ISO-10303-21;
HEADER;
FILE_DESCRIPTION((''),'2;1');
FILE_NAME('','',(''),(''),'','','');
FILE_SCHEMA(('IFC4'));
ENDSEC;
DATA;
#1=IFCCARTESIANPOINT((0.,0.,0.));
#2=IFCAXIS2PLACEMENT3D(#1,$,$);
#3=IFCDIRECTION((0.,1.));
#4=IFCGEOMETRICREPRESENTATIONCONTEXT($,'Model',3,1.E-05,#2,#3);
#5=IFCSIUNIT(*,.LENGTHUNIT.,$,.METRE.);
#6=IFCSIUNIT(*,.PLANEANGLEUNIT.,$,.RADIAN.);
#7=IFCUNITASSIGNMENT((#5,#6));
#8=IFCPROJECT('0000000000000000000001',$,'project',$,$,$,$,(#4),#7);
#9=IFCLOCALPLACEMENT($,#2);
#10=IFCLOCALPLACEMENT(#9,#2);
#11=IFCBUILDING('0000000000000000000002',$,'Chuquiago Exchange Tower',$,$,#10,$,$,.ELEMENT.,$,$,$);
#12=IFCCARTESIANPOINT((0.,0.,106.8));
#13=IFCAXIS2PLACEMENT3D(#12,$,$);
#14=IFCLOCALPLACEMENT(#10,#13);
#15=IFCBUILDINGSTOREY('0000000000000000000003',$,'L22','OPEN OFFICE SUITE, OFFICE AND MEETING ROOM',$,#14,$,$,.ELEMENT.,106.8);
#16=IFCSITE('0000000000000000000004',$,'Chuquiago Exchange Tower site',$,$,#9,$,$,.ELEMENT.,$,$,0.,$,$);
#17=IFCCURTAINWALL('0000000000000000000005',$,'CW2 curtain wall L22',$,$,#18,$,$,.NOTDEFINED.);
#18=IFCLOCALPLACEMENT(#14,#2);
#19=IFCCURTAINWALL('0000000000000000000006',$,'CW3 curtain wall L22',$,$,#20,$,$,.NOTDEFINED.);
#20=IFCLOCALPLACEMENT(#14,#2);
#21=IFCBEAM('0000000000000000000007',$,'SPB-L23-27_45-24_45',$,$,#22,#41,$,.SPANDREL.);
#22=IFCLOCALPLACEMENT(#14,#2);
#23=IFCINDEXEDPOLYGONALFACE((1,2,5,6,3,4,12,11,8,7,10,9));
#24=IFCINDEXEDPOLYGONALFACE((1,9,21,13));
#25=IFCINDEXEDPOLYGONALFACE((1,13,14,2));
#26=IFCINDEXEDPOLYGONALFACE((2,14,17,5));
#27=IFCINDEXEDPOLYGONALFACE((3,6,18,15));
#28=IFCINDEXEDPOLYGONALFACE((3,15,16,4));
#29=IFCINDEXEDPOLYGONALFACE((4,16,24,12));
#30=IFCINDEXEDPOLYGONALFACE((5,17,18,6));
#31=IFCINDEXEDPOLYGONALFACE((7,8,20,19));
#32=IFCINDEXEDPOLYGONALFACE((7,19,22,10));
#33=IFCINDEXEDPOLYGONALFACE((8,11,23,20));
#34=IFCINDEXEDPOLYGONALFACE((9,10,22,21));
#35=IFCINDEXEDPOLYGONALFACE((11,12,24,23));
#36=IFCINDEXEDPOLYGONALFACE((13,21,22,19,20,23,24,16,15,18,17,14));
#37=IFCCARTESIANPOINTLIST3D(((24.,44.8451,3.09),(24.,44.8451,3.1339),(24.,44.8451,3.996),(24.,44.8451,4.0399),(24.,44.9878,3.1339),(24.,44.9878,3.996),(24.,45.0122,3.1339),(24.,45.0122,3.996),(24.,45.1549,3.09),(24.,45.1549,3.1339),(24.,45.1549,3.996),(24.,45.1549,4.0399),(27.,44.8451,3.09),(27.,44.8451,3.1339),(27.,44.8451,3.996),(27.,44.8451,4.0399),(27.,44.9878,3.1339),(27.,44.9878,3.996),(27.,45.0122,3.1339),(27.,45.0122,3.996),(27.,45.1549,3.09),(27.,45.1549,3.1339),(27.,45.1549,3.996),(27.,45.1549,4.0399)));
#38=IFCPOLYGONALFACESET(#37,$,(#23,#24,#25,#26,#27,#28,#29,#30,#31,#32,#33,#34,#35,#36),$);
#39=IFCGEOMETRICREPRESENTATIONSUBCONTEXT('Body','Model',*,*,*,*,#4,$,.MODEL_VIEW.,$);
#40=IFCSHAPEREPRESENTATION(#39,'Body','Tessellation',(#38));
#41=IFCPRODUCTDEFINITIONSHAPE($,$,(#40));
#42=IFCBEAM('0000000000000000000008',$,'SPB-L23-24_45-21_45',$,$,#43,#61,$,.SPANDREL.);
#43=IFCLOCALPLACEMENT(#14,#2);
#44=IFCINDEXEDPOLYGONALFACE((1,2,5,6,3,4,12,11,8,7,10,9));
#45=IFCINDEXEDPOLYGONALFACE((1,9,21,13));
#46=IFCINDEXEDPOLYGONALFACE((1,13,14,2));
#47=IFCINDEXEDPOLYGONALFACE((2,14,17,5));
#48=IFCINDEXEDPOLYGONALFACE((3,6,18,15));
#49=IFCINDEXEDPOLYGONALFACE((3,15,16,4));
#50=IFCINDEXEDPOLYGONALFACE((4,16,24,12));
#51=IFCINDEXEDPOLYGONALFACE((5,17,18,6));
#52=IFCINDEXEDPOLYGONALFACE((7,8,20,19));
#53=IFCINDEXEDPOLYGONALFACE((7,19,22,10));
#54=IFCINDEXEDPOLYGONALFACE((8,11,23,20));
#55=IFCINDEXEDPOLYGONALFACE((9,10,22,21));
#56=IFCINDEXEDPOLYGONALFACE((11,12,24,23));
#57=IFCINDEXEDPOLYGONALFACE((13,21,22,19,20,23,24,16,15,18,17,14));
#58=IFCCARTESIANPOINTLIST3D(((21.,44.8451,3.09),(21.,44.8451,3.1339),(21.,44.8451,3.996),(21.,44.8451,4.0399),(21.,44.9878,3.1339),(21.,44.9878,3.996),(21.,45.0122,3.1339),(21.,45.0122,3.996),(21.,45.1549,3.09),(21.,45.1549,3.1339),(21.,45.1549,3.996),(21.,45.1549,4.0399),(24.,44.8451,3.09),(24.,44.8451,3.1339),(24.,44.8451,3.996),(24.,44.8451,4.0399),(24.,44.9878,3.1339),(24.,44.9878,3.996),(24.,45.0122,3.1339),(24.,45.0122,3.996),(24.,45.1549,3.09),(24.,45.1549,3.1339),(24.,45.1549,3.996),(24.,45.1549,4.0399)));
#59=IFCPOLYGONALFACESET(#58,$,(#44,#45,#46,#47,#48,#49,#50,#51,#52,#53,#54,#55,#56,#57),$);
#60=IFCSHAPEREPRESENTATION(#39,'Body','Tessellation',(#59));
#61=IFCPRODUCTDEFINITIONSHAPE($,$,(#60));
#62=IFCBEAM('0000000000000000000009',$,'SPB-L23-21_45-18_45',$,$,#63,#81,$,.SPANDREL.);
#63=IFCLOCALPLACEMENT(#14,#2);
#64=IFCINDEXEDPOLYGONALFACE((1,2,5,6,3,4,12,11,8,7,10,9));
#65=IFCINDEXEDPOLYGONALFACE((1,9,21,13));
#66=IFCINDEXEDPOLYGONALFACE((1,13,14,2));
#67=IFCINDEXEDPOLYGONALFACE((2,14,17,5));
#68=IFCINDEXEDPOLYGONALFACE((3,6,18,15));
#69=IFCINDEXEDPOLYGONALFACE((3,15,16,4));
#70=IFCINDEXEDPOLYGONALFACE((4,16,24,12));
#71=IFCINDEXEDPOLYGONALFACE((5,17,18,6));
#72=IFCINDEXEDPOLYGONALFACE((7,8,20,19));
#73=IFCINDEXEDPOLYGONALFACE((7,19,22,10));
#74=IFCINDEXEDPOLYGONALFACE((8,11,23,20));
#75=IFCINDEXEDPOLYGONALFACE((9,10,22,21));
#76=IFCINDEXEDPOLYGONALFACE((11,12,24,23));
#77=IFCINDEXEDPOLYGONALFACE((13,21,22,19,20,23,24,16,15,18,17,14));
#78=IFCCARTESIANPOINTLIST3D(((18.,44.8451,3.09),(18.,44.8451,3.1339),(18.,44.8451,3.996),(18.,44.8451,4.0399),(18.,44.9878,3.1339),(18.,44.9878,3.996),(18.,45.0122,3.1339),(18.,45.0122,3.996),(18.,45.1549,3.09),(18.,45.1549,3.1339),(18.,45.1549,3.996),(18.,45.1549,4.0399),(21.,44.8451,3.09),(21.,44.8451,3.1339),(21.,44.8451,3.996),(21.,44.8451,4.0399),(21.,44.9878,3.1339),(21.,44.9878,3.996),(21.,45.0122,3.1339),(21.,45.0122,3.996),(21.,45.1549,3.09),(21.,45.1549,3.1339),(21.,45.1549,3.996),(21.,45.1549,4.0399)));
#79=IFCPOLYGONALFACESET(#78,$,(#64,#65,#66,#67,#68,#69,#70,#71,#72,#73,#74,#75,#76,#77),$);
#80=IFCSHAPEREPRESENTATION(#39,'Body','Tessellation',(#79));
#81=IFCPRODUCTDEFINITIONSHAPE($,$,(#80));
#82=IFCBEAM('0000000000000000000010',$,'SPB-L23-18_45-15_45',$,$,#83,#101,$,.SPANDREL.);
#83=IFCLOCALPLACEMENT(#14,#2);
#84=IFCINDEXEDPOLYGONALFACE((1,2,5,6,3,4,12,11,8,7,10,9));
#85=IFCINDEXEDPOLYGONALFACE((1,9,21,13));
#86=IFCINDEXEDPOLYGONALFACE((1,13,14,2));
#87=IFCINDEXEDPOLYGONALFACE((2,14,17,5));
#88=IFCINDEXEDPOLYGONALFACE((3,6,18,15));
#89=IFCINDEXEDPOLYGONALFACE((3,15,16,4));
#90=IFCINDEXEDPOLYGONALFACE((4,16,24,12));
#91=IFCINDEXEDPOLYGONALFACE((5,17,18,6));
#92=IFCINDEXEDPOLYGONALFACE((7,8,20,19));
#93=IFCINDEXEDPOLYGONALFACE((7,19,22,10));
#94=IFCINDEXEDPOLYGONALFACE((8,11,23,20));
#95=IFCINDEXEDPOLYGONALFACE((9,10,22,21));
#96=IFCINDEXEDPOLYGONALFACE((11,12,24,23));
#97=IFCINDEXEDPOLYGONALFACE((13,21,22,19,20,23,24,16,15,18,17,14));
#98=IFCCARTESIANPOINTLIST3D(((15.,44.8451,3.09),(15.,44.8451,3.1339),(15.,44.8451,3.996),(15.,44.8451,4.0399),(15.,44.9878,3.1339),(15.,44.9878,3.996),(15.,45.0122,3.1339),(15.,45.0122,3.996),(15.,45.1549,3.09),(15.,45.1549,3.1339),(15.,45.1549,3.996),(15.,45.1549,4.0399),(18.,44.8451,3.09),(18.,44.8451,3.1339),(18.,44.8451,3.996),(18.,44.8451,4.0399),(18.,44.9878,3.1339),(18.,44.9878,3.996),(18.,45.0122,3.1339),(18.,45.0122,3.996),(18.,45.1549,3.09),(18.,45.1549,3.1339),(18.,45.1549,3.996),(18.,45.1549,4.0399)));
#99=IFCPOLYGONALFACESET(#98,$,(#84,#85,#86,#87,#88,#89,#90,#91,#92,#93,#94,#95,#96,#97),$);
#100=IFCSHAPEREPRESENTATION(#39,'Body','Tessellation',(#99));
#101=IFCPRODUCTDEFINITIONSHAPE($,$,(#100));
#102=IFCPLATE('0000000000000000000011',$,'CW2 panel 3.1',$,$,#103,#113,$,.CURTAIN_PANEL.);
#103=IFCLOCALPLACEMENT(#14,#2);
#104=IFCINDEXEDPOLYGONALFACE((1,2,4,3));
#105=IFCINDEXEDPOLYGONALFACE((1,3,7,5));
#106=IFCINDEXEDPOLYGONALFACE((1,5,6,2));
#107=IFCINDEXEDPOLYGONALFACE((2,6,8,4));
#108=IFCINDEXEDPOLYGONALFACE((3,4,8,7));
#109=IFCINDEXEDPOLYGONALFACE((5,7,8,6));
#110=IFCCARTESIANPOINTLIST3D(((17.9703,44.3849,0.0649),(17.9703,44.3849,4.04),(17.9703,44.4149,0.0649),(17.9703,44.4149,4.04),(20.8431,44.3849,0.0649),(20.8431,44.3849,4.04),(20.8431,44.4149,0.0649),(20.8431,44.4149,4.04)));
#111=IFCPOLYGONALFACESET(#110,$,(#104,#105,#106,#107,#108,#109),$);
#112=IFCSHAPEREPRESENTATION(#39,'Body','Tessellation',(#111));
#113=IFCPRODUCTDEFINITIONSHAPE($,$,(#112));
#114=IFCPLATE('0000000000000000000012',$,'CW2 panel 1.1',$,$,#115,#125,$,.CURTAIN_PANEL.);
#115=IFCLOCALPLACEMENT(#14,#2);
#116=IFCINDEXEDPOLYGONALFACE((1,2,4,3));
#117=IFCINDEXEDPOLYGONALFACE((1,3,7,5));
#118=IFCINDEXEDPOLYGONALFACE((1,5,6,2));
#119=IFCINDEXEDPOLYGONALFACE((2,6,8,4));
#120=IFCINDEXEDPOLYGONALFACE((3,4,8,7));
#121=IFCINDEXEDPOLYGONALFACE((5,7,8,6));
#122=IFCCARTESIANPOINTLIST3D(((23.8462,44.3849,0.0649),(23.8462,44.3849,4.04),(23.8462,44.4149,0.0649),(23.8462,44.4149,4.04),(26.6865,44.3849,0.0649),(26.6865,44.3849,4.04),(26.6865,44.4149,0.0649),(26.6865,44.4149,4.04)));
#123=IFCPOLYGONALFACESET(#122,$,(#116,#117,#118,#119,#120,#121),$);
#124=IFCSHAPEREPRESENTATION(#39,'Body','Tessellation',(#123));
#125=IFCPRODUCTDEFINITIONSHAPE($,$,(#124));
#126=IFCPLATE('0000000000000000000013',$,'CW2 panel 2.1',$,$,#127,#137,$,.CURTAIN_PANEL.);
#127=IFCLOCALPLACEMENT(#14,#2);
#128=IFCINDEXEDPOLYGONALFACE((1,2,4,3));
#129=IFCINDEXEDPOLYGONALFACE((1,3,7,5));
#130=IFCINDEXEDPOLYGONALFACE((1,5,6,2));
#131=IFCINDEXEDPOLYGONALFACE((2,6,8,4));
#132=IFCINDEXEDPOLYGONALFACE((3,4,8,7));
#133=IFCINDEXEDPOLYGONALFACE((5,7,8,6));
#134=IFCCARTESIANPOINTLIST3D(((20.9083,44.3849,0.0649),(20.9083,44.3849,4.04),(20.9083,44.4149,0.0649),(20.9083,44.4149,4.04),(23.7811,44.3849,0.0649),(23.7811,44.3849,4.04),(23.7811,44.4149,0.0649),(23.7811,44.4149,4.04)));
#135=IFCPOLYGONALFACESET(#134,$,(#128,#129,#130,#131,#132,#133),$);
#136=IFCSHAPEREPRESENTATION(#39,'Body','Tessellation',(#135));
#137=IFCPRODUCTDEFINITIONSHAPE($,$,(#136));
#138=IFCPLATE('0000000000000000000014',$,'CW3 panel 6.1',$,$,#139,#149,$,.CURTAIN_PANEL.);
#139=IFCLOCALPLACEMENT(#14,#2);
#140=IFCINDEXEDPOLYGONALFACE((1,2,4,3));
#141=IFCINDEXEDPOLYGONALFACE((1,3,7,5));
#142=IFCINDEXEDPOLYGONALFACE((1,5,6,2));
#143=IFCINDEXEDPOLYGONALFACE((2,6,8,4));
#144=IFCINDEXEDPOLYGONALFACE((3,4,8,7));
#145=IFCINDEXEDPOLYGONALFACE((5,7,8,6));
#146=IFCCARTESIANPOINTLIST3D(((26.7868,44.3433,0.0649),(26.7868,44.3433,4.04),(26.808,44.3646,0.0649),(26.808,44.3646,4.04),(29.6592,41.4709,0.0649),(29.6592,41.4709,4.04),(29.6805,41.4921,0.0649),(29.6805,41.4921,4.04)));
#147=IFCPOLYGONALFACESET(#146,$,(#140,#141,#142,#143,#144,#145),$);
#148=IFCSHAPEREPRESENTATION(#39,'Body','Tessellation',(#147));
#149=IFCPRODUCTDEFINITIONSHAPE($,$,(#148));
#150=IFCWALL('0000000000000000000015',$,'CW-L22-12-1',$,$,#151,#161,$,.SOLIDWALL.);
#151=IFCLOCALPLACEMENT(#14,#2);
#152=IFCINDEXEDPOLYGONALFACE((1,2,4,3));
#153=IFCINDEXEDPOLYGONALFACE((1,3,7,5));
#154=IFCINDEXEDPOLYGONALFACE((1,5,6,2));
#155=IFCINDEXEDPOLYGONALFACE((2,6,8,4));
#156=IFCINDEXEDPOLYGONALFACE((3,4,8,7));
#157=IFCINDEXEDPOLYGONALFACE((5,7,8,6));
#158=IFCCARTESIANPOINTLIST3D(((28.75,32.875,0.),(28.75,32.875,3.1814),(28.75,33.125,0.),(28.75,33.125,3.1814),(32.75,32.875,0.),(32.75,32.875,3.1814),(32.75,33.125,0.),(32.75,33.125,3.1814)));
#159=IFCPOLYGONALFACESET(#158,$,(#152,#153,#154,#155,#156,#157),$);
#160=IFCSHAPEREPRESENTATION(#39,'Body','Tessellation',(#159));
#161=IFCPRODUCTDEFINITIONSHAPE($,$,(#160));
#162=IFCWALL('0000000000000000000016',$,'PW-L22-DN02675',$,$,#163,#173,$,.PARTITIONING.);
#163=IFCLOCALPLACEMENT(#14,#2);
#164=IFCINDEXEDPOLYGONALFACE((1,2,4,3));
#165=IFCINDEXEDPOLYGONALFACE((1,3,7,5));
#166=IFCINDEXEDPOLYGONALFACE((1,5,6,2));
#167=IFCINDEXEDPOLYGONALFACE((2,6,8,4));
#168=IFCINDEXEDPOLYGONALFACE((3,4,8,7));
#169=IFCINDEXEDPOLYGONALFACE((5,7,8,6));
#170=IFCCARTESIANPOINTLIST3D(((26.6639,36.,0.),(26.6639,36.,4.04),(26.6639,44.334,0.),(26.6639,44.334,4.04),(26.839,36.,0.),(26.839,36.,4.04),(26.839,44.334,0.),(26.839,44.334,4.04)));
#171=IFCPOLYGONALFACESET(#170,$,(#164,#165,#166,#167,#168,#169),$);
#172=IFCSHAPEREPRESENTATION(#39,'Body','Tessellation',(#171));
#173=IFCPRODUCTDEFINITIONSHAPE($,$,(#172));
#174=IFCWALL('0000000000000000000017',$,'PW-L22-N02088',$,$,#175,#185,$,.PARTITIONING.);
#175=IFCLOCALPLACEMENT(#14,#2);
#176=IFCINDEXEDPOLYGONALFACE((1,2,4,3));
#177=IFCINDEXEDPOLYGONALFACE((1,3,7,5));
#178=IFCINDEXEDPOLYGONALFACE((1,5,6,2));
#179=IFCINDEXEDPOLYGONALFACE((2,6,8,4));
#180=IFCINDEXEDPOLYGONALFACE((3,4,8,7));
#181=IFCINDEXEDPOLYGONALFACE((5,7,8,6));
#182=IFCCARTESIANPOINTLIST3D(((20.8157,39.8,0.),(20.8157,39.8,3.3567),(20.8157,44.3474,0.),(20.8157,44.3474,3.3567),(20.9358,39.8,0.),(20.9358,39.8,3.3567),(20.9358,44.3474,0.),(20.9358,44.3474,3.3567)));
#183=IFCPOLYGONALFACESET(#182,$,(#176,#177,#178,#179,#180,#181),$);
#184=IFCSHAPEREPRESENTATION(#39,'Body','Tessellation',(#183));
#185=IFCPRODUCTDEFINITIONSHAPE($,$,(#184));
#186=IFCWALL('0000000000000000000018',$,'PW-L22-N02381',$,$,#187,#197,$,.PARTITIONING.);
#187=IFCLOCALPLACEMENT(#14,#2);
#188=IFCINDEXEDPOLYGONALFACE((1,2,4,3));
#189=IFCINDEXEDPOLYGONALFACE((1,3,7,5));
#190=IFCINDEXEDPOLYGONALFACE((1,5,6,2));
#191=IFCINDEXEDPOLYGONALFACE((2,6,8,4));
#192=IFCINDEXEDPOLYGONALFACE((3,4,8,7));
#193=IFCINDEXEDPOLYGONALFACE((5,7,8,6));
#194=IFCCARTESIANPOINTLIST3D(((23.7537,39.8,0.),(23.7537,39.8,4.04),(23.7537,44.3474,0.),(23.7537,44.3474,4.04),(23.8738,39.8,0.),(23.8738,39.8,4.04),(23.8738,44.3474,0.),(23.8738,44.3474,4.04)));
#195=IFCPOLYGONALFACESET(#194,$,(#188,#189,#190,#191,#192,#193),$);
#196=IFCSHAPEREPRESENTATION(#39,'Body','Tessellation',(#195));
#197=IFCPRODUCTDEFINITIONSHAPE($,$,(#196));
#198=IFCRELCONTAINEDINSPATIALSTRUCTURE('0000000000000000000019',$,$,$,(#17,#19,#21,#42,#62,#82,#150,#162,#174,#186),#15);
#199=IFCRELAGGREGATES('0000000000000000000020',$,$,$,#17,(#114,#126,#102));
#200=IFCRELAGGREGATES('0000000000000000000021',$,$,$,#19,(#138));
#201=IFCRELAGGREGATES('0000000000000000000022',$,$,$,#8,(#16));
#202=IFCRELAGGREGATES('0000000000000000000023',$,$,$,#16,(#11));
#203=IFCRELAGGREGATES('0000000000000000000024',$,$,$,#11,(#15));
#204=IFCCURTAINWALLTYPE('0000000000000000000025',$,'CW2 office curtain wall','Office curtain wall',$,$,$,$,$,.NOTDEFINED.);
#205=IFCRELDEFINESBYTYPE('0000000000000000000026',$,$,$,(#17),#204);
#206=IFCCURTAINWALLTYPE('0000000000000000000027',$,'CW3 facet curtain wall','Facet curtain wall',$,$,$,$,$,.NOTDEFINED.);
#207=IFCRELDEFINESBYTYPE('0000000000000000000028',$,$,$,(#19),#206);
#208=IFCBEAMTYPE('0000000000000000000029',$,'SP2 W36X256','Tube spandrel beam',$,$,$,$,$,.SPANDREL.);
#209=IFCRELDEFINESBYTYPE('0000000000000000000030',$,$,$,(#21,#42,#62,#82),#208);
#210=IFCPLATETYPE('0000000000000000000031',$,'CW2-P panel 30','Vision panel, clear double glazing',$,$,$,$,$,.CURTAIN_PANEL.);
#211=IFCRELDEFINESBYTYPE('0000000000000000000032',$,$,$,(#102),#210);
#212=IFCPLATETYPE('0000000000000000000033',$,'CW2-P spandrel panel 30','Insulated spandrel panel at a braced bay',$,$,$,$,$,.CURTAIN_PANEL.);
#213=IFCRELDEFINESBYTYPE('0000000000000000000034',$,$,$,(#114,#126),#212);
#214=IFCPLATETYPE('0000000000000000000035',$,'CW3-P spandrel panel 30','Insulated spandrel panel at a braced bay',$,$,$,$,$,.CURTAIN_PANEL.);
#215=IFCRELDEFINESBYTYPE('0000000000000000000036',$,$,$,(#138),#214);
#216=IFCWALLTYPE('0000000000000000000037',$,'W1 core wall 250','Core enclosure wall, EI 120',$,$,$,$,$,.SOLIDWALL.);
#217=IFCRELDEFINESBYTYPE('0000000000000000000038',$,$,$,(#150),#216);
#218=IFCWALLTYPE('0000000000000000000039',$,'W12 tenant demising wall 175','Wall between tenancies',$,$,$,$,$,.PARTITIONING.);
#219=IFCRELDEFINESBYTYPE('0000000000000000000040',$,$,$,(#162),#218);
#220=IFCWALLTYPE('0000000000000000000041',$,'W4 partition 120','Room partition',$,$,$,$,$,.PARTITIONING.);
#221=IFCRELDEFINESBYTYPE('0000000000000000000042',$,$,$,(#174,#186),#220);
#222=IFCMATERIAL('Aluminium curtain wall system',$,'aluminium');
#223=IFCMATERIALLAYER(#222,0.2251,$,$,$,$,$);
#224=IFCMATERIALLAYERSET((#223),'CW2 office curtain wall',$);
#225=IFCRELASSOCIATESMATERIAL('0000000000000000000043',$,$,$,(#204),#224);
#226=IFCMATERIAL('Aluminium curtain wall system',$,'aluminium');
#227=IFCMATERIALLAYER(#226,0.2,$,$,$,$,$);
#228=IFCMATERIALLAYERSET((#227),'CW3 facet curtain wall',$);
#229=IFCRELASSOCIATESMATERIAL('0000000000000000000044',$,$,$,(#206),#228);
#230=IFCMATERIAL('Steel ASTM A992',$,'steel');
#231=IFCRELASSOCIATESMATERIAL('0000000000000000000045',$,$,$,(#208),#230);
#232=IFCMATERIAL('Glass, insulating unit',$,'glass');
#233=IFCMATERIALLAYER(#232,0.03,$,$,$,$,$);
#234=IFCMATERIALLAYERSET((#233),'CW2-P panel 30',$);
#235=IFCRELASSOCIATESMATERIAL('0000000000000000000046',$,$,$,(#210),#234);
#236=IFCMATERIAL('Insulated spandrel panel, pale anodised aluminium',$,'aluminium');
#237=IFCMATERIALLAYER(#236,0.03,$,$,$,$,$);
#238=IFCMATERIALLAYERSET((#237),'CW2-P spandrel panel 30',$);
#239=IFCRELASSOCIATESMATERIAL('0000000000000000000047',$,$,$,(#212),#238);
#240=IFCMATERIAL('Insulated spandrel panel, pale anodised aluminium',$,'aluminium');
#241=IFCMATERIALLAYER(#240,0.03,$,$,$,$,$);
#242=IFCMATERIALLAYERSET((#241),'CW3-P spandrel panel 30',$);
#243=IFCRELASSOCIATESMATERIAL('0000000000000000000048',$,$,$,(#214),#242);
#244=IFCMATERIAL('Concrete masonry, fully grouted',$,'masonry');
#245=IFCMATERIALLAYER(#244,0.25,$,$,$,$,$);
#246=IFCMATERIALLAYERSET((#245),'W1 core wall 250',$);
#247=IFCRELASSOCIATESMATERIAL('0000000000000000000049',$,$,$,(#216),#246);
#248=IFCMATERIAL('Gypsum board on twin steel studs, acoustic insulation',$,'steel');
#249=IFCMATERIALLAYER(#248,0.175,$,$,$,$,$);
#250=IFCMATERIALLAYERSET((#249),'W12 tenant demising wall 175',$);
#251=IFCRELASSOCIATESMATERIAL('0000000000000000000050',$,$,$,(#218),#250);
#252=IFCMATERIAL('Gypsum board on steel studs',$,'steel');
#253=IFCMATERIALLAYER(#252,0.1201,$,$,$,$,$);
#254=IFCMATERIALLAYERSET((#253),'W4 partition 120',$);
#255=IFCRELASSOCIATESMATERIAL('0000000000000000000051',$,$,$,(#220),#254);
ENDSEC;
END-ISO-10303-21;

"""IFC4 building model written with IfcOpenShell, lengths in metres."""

from ifc_helpers import new_model, si_unit, direction, frame, frame_2d, origin, origin_2d, place, context, subcontext, project, spatial, rectangle, i_section, extrude, material, layer, layer_set, material_profile, profile_set, type_object, element, aggregate, save


model = new_model("IFC4")

# Units and contexts
model_context = context("Model", 3, precision=1e-05, world=origin(), true_north=direction((0.0, 1.0)))
body_context = subcontext(model_context, "Body", "Model", "MODEL_VIEW")
ifc_project = project(units=[si_unit("LENGTHUNIT", "METRE"), si_unit("PLANEANGLEUNIT", "RADIAN")], contexts=[model_context])

# Site, building, storey
site_placement = place(None, origin())
site = spatial("IfcSite", under=ifc_project, at=site_placement, Name="Chuquiago Exchange Tower site", CompositionType="ELEMENT", RefElevation=0.0)
building_placement = place(site_placement, origin())
building = spatial("IfcBuilding", under=site, at=building_placement, Name="Chuquiago Exchange Tower", CompositionType="ELEMENT")
storey_placement = place(building_placement, frame((0.0, 0.0, 106.8)))
storey = spatial("IfcBuildingStorey", under=building, at=storey_placement, Name="L22", Description="OPEN OFFICE SUITE, OFFICE AND MEETING ROOM", CompositionType="ELEMENT", Elevation=106.8)

# Curtain walls
ifc_material_1 = material(Name="Aluminium curtain wall system", Category="aluminium")
ifc_layer_1 = layer(ifc_material_1, 0.2251)
ifc_layer_set_1 = layer_set([ifc_layer_1], Name="CW2 office curtain wall")
curtain_wall_type_1 = type_object("IfcCurtainWallType", Name="CW2 office curtain wall", Description="Office curtain wall", PredefinedType="NOTDEFINED", material=ifc_layer_set_1)
curtain_wall_1_placement = place(storey_placement, origin())
curtain_wall_1 = element("IfcCurtainWall", 1, at=curtain_wall_1_placement, inside=storey, type_object=curtain_wall_type_1, Name="CW2 curtain wall L22", PredefinedType="NOTDEFINED")
ifc_material_2 = material(Name="Aluminium curtain wall system", Category="aluminium")
ifc_layer_2 = layer(ifc_material_2, 0.2)
ifc_layer_set_2 = layer_set([ifc_layer_2], Name="CW3 facet curtain wall")
curtain_wall_type_2 = type_object("IfcCurtainWallType", Name="CW3 facet curtain wall", Description="Facet curtain wall", PredefinedType="NOTDEFINED", material=ifc_layer_set_2)
curtain_wall_2_placement = place(storey_placement, origin())
curtain_wall_2 = element("IfcCurtainWall", 2, at=curtain_wall_2_placement, inside=storey, type_object=curtain_wall_type_2, Name="CW3 curtain wall L22", PredefinedType="NOTDEFINED")

# Beams
ifc_material_3 = material(Name="Steel ASTM A992", Category="steel")
ifc_material_profile_1 = material_profile(ifc_material_3, i_section(OverallWidth=0.3098, OverallDepth=0.95, WebThickness=0.0244, FlangeThickness=0.0439, at=origin_2d()), Name="W36X256")
ifc_profile_set_1 = profile_set([ifc_material_profile_1], Name="Steel ASTM A992")
beam_type_1 = type_object("IfcBeamType", Name="SP2 W36X256", Description="Tube spandrel beam", PredefinedType="SPANDREL", material=ifc_profile_set_1)
for number, where, z_axis, x_axis, name in (
    (3, (27.0, 45.0, 3.5649), (-1.0, 0.0, 0.0), (0.0, -1.0, 0.0), "SPB-L23-27_45-24_45"),
    (4, (24.0, 45.0, 3.5649), (-1.0, 0.0, 0.0), (0.0, -1.0, 0.0), "SPB-L23-24_45-21_45"),
    (5, (21.0, 45.0, 3.5649), (-1.0, 0.0, 0.0), (0.0, -1.0, 0.0), "SPB-L23-21_45-18_45"),
    (6, (18.0, 45.0, 3.5649), (-1.0, 0.0, 0.0), (0.0, -1.0, 0.0), "SPB-L23-18_45-15_45"),
):
    element("IfcBeam", number, at=place(storey_placement, frame(where, z_axis=z_axis, x_axis=x_axis)), inside=storey, type_object=beam_type_1, Name=name, PredefinedType="SPANDREL", context=body_context, shape_type="SweptSolid", body=[
        extrude(i_section(OverallWidth=0.3098, OverallDepth=0.95, WebThickness=0.0244, FlangeThickness=0.0439, at=origin_2d()), origin(), (0.0, 0.0, 1.0), 3.0),
    ])

# Plates
ifc_material_4 = material(Name="Glass, insulating unit", Category="glass")
ifc_layer_3 = layer(ifc_material_4, 0.03)
ifc_layer_set_3 = layer_set([ifc_layer_3], Name="CW2-P panel 30")
plate_type_1 = type_object("IfcPlateType", Name="CW2-P panel 30", Description="Vision panel, clear double glazing", PredefinedType="CURTAIN_PANEL", material=ifc_layer_set_3)
plate_1_placement = place(storey_placement, frame((19.4067, 44.3999, 0.0649), z_axis=(0.0, 0.0, 1.0), x_axis=(-1.0, 0.0, 0.0)))
plate_1 = element("IfcPlate", 7, at=plate_1_placement, type_object=plate_type_1, Name="CW2 panel 3.1", PredefinedType="CURTAIN_PANEL", context=body_context, shape_type="SweptSolid", body=[
    extrude(rectangle(XDim=2.8728, YDim=0.03, at=origin_2d()), origin(), (0.0, 0.0, 1.0), 3.9751),
])
ifc_material_5 = material(Name="Insulated spandrel panel, pale anodised aluminium", Category="aluminium")
ifc_layer_4 = layer(ifc_material_5, 0.03)
ifc_layer_set_4 = layer_set([ifc_layer_4], Name="CW2-P spandrel panel 30")
plate_type_2 = type_object("IfcPlateType", Name="CW2-P spandrel panel 30", Description="Insulated spandrel panel at a braced bay", PredefinedType="CURTAIN_PANEL", material=ifc_layer_set_4)
plate_2_placement = place(storey_placement, frame((25.2664, 44.3999, 0.0649), z_axis=(0.0, 0.0, 1.0), x_axis=(-1.0, 0.0, 0.0)))
plate_2 = element("IfcPlate", 8, at=plate_2_placement, type_object=plate_type_2, Name="CW2 panel 1.1", PredefinedType="CURTAIN_PANEL", context=body_context, shape_type="SweptSolid", body=[
    extrude(rectangle(XDim=2.8403, YDim=0.03, at=origin_2d()), origin(), (0.0, 0.0, 1.0), 3.9751),
])
plate_3_placement = place(storey_placement, frame((22.3447, 44.3999, 0.0649), z_axis=(0.0, 0.0, 1.0), x_axis=(-1.0, 0.0, 0.0)))
plate_3 = element("IfcPlate", 9, at=plate_3_placement, type_object=plate_type_2, Name="CW2 panel 2.1", PredefinedType="CURTAIN_PANEL", context=body_context, shape_type="SweptSolid", body=[
    extrude(rectangle(XDim=2.8728, YDim=0.03, at=origin_2d()), origin(), (0.0, 0.0, 1.0), 3.9751),
])
aggregate(curtain_wall_1, [plate_2, plate_3, plate_1])
ifc_material_6 = material(Name="Insulated spandrel panel, pale anodised aluminium", Category="aluminium")
ifc_layer_5 = layer(ifc_material_6, 0.03)
ifc_layer_set_5 = layer_set([ifc_layer_5], Name="CW3-P spandrel panel 30")
plate_type_3 = type_object("IfcPlateType", Name="CW3-P spandrel panel 30", Description="Insulated spandrel panel at a braced bay", PredefinedType="CURTAIN_PANEL", material=ifc_layer_set_5)
plate_4_placement = place(storey_placement, frame((28.2336, 42.9177, 0.0649), z_axis=(0.0, 0.0, 1.0), x_axis=(-0.707107, 0.707107, 0.0)))
plate_4 = element("IfcPlate", 10, at=plate_4_placement, type_object=plate_type_3, Name="CW3 panel 6.1", PredefinedType="CURTAIN_PANEL", context=body_context, shape_type="SweptSolid", body=[
    extrude(rectangle(XDim=4.0623, YDim=0.03, at=origin_2d()), origin(), (0.0, 0.0, 1.0), 3.9751),
])
aggregate(curtain_wall_2, [plate_4])

# Walls
ifc_material_7 = material(Name="Concrete masonry, fully grouted", Category="masonry")
ifc_layer_6 = layer(ifc_material_7, 0.25)
ifc_layer_set_6 = layer_set([ifc_layer_6], Name="W1 core wall 250")
wall_type_1 = type_object("IfcWallType", Name="W1 core wall 250", Description="Core enclosure wall, EI 120", PredefinedType="SOLIDWALL", material=ifc_layer_set_6)
wall_1_placement = place(storey_placement, frame((28.75, 33.0, 0.0), z_axis=(0.0, 0.0, 1.0), x_axis=(1.0, 0.0, 0.0)))
element("IfcWall", 11, at=wall_1_placement, inside=storey, type_object=wall_type_1, Name="CW-L22-12-1", PredefinedType="SOLIDWALL", context=body_context, shape_type="SweptSolid", body=[
    extrude(rectangle(XDim=4.0, YDim=0.25, at=frame_2d((2.0, 0.0))), origin(), (0.0, 0.0, 1.0), 3.1814),
])
ifc_material_8 = material(Name="Gypsum board on twin steel studs, acoustic insulation", Category="steel")
ifc_layer_7 = layer(ifc_material_8, 0.175)
ifc_layer_set_7 = layer_set([ifc_layer_7], Name="W12 tenant demising wall 175")
wall_type_2 = type_object("IfcWallType", Name="W12 tenant demising wall 175", Description="Wall between tenancies", PredefinedType="PARTITIONING", material=ifc_layer_set_7)
wall_2_placement = place(storey_placement, frame((26.7515, 44.334, 0.0), z_axis=(0.0, 0.0, 1.0), x_axis=(0.0, -1.0, 0.0)))
element("IfcWall", 12, at=wall_2_placement, inside=storey, type_object=wall_type_2, Name="PW-L22-DN02675", PredefinedType="PARTITIONING", context=body_context, shape_type="SweptSolid", body=[
    extrude(rectangle(XDim=8.334, YDim=0.175, at=frame_2d((4.167, 0.0))), origin(), (0.0, 0.0, 1.0), 4.04),
])
ifc_material_9 = material(Name="Gypsum board on steel studs", Category="steel")
ifc_layer_8 = layer(ifc_material_9, 0.1201)
ifc_layer_set_8 = layer_set([ifc_layer_8], Name="W4 partition 120")
wall_type_3 = type_object("IfcWallType", Name="W4 partition 120", Description="Room partition", PredefinedType="PARTITIONING", material=ifc_layer_set_8)
wall_3_placement = place(storey_placement, frame((20.8757, 44.3474, 0.0), z_axis=(0.0, 0.0, 1.0), x_axis=(0.0, -1.0, 0.0)))
element("IfcWall", 13, at=wall_3_placement, inside=storey, type_object=wall_type_3, Name="PW-L22-N02088", PredefinedType="PARTITIONING", context=body_context, shape_type="SweptSolid", body=[
    extrude(rectangle(XDim=4.5474, YDim=0.1201, at=frame_2d((2.2737, 0.0))), origin(), (0.0, 0.0, 1.0), 3.3567),
])
wall_4_placement = place(storey_placement, frame((23.8137, 44.3474, 0.0), z_axis=(0.0, 0.0, 1.0), x_axis=(0.0, -1.0, 0.0)))
element("IfcWall", 14, at=wall_4_placement, inside=storey, type_object=wall_type_3, Name="PW-L22-N02381", PredefinedType="PARTITIONING", context=body_context, shape_type="SweptSolid", body=[
    extrude(rectangle(XDim=4.5474, YDim=0.1201, at=frame_2d((2.2737, 0.0))), origin(), (0.0, 0.0, 1.0), 4.04),
])

save(model, "model.ifc")
